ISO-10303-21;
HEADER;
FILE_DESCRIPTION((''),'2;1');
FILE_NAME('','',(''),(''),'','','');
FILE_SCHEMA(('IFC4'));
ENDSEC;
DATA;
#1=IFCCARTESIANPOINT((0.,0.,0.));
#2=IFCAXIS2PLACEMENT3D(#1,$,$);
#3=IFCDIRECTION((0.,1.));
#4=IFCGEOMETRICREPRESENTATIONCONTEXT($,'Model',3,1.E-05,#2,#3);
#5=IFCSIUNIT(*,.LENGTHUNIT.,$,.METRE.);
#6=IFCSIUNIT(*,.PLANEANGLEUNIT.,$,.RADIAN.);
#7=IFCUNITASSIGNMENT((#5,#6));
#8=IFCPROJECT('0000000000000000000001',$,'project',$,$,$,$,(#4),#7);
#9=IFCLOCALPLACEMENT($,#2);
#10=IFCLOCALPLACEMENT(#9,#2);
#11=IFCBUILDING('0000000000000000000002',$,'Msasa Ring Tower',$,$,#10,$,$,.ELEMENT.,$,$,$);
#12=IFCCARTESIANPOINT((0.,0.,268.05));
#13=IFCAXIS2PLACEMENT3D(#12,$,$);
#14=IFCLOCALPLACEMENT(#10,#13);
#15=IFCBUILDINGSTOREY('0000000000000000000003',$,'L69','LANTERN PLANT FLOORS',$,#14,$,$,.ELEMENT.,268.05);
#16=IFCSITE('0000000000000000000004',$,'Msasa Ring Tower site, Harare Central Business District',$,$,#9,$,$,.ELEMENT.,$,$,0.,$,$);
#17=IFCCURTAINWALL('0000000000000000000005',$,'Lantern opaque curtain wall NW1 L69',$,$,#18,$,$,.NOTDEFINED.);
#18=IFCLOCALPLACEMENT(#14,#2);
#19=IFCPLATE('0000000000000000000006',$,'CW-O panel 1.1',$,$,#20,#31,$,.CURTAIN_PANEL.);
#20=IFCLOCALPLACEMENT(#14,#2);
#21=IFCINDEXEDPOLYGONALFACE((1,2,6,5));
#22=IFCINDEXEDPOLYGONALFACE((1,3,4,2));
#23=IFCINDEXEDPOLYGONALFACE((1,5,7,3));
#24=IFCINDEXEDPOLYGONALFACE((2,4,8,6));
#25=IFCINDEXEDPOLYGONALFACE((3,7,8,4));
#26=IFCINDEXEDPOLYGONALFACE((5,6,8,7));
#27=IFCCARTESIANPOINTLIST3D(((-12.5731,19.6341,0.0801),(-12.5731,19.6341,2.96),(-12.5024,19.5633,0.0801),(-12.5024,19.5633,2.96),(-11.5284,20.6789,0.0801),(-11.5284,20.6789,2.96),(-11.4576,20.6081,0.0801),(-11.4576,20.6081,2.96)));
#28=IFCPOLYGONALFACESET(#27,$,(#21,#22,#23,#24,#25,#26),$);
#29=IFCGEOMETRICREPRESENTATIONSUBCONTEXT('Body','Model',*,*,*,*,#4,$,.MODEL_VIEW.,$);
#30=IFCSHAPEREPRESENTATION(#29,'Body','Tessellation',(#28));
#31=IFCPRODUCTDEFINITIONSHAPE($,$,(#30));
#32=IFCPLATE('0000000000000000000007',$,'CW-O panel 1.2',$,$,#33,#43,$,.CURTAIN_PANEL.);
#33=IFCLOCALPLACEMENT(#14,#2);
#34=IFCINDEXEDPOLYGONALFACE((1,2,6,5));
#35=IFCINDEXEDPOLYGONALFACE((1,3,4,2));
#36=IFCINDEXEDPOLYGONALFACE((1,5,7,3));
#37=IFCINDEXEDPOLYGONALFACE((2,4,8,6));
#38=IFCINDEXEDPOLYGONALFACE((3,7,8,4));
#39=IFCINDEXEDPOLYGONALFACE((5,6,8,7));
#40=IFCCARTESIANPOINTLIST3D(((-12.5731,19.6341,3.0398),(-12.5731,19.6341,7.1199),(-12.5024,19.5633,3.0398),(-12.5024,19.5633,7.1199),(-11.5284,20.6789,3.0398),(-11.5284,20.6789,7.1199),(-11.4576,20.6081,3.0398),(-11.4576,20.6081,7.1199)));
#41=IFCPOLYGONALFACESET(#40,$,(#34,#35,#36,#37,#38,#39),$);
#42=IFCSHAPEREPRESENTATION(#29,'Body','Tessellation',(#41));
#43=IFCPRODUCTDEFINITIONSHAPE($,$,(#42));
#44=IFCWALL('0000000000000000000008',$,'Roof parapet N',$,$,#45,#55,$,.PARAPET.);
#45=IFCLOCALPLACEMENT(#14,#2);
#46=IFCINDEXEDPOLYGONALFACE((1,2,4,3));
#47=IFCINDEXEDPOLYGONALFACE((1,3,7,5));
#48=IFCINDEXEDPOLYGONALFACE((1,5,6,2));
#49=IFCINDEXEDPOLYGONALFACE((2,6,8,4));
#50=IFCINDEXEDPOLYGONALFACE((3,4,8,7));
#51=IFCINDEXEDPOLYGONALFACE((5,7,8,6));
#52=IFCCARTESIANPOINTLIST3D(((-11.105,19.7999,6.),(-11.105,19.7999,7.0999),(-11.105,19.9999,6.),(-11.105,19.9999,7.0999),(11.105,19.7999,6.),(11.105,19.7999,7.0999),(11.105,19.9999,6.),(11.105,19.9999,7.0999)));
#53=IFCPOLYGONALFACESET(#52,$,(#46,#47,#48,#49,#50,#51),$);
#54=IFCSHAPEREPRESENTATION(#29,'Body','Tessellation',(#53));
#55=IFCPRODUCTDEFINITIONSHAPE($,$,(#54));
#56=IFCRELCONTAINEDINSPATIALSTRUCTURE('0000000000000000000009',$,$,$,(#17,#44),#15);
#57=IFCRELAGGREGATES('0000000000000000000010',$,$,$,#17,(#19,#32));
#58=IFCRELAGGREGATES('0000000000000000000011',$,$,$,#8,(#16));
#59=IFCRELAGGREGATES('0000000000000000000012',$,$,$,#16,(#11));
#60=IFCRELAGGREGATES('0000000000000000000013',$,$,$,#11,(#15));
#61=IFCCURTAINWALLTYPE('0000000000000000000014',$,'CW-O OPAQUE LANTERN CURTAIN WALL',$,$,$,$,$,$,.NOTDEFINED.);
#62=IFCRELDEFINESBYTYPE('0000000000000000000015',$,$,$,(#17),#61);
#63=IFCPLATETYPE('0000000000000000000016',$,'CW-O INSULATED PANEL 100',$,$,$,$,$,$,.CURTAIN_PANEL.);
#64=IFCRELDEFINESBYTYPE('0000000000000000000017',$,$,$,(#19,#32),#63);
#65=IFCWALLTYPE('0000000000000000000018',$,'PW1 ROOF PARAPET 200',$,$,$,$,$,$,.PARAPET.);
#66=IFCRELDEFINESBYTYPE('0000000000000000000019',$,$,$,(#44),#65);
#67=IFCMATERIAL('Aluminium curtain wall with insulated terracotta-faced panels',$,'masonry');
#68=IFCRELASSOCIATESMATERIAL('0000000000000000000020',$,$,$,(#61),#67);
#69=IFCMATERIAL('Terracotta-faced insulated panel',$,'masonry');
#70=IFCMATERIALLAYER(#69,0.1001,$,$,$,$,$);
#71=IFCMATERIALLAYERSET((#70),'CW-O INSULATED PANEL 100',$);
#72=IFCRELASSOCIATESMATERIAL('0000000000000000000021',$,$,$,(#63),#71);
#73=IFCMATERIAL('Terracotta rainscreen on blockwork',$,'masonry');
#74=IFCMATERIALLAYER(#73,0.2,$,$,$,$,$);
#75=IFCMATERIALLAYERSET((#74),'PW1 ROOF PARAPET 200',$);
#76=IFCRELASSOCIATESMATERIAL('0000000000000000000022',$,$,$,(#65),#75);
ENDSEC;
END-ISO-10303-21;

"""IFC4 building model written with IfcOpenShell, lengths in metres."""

from ifc_helpers import new_model, si_unit, direction, frame, frame_2d, origin, origin_2d, place, context, subcontext, project, spatial, rectangle, extrude, material, layer, layer_set, type_object, element, aggregate, save


model = new_model("IFC4")

# Units and contexts
model_context = context("Model", 3, precision=1e-05, world=origin(), true_north=direction((0.0, 1.0)))
body_context = subcontext(model_context, "Body", "Model", "MODEL_VIEW")
ifc_project = project(units=[si_unit("LENGTHUNIT", "METRE"), si_unit("PLANEANGLEUNIT", "RADIAN")], contexts=[model_context])

# Site, building, storey
site_placement = place(None, origin())
site = spatial("IfcSite", under=ifc_project, at=site_placement, Name="Msasa Ring Tower site, Harare Central Business District", CompositionType="ELEMENT", RefElevation=0.0)
building_placement = place(site_placement, origin())
building = spatial("IfcBuilding", under=site, at=building_placement, Name="Msasa Ring Tower", CompositionType="ELEMENT")
storey_placement = place(building_placement, frame((0.0, 0.0, 268.05)))
storey = spatial("IfcBuildingStorey", under=building, at=storey_placement, Name="L69", Description="LANTERN PLANT FLOORS", CompositionType="ELEMENT", Elevation=268.05)

# Shared definitions
ifc_material_1 = material(Name="Aluminium curtain wall with insulated terracotta-faced panels", Category="masonry")
curtain_wall_type_1 = type_object("IfcCurtainWallType", Name="CW-O OPAQUE LANTERN CURTAIN WALL", PredefinedType="NOTDEFINED", material=ifc_material_1)

# Curtain wall
curtain_wall_1_placement = place(storey_placement, origin())
curtain_wall_1 = element("IfcCurtainWall", 1, at=curtain_wall_1_placement, inside=storey, type_object=curtain_wall_type_1, Name="Lantern opaque curtain wall NW1 L69", PredefinedType="NOTDEFINED")

# Plates
ifc_material_2 = material(Name="Terracotta-faced insulated panel", Category="masonry")
ifc_layer_1 = layer(ifc_material_2, 0.1001)
ifc_layer_set_1 = layer_set([ifc_layer_1], Name="CW-O INSULATED PANEL 100")
plate_type_1 = type_object("IfcPlateType", Name="CW-O INSULATED PANEL 100", PredefinedType="CURTAIN_PANEL", material=ifc_layer_set_1)
plate_1_placement = place(storey_placement, frame((-12.0154, 20.1211, 0.0801), z_axis=(0.0, 0.0, 1.0), x_axis=(-0.707076, -0.707137, 0.0)))
plate_1 = element("IfcPlate", 2, at=plate_1_placement, type_object=plate_type_1, Name="CW-O panel 1.1", PredefinedType="CURTAIN_PANEL", context=body_context, shape_type="SweptSolid", body=[
    extrude(rectangle(XDim=1.4775, YDim=0.1001, at=origin_2d()), origin(), (0.0, 0.0, 1.0), 2.8799),
])
plate_2_placement = place(storey_placement, frame((-12.0154, 20.1211, 3.0398), z_axis=(0.0, 0.0, 1.0), x_axis=(-0.707076, -0.707137, 0.0)))
plate_2 = element("IfcPlate", 3, at=plate_2_placement, type_object=plate_type_1, Name="CW-O panel 1.2", PredefinedType="CURTAIN_PANEL", context=body_context, shape_type="SweptSolid", body=[
    extrude(rectangle(XDim=1.4775, YDim=0.1001, at=origin_2d()), origin(), (0.0, 0.0, 1.0), 4.0801),
])
aggregate(curtain_wall_1, [plate_1, plate_2])

# Wall
ifc_material_3 = material(Name="Terracotta rainscreen on blockwork", Category="masonry")
ifc_layer_2 = layer(ifc_material_3, 0.2)
ifc_layer_set_2 = layer_set([ifc_layer_2], Name="PW1 ROOF PARAPET 200")
wall_type = type_object("IfcWallType", Name="PW1 ROOF PARAPET 200", PredefinedType="PARAPET", material=ifc_layer_set_2)
wall_placement = place(storey_placement, frame((-11.105, 19.8999, 6.0), z_axis=(0.0, 0.0, 1.0), x_axis=(1.0, 0.0, 0.0)))
element("IfcWall", 4, at=wall_placement, inside=storey, type_object=wall_type, Name="Roof parapet N", PredefinedType="PARAPET", context=body_context, shape_type="SweptSolid", body=[
    extrude(rectangle(XDim=22.21, YDim=0.2, at=frame_2d((11.105, 0.0))), origin(), (0.0, 0.0, 1.0), 1.0999),
])

save(model, "model.ifc")
